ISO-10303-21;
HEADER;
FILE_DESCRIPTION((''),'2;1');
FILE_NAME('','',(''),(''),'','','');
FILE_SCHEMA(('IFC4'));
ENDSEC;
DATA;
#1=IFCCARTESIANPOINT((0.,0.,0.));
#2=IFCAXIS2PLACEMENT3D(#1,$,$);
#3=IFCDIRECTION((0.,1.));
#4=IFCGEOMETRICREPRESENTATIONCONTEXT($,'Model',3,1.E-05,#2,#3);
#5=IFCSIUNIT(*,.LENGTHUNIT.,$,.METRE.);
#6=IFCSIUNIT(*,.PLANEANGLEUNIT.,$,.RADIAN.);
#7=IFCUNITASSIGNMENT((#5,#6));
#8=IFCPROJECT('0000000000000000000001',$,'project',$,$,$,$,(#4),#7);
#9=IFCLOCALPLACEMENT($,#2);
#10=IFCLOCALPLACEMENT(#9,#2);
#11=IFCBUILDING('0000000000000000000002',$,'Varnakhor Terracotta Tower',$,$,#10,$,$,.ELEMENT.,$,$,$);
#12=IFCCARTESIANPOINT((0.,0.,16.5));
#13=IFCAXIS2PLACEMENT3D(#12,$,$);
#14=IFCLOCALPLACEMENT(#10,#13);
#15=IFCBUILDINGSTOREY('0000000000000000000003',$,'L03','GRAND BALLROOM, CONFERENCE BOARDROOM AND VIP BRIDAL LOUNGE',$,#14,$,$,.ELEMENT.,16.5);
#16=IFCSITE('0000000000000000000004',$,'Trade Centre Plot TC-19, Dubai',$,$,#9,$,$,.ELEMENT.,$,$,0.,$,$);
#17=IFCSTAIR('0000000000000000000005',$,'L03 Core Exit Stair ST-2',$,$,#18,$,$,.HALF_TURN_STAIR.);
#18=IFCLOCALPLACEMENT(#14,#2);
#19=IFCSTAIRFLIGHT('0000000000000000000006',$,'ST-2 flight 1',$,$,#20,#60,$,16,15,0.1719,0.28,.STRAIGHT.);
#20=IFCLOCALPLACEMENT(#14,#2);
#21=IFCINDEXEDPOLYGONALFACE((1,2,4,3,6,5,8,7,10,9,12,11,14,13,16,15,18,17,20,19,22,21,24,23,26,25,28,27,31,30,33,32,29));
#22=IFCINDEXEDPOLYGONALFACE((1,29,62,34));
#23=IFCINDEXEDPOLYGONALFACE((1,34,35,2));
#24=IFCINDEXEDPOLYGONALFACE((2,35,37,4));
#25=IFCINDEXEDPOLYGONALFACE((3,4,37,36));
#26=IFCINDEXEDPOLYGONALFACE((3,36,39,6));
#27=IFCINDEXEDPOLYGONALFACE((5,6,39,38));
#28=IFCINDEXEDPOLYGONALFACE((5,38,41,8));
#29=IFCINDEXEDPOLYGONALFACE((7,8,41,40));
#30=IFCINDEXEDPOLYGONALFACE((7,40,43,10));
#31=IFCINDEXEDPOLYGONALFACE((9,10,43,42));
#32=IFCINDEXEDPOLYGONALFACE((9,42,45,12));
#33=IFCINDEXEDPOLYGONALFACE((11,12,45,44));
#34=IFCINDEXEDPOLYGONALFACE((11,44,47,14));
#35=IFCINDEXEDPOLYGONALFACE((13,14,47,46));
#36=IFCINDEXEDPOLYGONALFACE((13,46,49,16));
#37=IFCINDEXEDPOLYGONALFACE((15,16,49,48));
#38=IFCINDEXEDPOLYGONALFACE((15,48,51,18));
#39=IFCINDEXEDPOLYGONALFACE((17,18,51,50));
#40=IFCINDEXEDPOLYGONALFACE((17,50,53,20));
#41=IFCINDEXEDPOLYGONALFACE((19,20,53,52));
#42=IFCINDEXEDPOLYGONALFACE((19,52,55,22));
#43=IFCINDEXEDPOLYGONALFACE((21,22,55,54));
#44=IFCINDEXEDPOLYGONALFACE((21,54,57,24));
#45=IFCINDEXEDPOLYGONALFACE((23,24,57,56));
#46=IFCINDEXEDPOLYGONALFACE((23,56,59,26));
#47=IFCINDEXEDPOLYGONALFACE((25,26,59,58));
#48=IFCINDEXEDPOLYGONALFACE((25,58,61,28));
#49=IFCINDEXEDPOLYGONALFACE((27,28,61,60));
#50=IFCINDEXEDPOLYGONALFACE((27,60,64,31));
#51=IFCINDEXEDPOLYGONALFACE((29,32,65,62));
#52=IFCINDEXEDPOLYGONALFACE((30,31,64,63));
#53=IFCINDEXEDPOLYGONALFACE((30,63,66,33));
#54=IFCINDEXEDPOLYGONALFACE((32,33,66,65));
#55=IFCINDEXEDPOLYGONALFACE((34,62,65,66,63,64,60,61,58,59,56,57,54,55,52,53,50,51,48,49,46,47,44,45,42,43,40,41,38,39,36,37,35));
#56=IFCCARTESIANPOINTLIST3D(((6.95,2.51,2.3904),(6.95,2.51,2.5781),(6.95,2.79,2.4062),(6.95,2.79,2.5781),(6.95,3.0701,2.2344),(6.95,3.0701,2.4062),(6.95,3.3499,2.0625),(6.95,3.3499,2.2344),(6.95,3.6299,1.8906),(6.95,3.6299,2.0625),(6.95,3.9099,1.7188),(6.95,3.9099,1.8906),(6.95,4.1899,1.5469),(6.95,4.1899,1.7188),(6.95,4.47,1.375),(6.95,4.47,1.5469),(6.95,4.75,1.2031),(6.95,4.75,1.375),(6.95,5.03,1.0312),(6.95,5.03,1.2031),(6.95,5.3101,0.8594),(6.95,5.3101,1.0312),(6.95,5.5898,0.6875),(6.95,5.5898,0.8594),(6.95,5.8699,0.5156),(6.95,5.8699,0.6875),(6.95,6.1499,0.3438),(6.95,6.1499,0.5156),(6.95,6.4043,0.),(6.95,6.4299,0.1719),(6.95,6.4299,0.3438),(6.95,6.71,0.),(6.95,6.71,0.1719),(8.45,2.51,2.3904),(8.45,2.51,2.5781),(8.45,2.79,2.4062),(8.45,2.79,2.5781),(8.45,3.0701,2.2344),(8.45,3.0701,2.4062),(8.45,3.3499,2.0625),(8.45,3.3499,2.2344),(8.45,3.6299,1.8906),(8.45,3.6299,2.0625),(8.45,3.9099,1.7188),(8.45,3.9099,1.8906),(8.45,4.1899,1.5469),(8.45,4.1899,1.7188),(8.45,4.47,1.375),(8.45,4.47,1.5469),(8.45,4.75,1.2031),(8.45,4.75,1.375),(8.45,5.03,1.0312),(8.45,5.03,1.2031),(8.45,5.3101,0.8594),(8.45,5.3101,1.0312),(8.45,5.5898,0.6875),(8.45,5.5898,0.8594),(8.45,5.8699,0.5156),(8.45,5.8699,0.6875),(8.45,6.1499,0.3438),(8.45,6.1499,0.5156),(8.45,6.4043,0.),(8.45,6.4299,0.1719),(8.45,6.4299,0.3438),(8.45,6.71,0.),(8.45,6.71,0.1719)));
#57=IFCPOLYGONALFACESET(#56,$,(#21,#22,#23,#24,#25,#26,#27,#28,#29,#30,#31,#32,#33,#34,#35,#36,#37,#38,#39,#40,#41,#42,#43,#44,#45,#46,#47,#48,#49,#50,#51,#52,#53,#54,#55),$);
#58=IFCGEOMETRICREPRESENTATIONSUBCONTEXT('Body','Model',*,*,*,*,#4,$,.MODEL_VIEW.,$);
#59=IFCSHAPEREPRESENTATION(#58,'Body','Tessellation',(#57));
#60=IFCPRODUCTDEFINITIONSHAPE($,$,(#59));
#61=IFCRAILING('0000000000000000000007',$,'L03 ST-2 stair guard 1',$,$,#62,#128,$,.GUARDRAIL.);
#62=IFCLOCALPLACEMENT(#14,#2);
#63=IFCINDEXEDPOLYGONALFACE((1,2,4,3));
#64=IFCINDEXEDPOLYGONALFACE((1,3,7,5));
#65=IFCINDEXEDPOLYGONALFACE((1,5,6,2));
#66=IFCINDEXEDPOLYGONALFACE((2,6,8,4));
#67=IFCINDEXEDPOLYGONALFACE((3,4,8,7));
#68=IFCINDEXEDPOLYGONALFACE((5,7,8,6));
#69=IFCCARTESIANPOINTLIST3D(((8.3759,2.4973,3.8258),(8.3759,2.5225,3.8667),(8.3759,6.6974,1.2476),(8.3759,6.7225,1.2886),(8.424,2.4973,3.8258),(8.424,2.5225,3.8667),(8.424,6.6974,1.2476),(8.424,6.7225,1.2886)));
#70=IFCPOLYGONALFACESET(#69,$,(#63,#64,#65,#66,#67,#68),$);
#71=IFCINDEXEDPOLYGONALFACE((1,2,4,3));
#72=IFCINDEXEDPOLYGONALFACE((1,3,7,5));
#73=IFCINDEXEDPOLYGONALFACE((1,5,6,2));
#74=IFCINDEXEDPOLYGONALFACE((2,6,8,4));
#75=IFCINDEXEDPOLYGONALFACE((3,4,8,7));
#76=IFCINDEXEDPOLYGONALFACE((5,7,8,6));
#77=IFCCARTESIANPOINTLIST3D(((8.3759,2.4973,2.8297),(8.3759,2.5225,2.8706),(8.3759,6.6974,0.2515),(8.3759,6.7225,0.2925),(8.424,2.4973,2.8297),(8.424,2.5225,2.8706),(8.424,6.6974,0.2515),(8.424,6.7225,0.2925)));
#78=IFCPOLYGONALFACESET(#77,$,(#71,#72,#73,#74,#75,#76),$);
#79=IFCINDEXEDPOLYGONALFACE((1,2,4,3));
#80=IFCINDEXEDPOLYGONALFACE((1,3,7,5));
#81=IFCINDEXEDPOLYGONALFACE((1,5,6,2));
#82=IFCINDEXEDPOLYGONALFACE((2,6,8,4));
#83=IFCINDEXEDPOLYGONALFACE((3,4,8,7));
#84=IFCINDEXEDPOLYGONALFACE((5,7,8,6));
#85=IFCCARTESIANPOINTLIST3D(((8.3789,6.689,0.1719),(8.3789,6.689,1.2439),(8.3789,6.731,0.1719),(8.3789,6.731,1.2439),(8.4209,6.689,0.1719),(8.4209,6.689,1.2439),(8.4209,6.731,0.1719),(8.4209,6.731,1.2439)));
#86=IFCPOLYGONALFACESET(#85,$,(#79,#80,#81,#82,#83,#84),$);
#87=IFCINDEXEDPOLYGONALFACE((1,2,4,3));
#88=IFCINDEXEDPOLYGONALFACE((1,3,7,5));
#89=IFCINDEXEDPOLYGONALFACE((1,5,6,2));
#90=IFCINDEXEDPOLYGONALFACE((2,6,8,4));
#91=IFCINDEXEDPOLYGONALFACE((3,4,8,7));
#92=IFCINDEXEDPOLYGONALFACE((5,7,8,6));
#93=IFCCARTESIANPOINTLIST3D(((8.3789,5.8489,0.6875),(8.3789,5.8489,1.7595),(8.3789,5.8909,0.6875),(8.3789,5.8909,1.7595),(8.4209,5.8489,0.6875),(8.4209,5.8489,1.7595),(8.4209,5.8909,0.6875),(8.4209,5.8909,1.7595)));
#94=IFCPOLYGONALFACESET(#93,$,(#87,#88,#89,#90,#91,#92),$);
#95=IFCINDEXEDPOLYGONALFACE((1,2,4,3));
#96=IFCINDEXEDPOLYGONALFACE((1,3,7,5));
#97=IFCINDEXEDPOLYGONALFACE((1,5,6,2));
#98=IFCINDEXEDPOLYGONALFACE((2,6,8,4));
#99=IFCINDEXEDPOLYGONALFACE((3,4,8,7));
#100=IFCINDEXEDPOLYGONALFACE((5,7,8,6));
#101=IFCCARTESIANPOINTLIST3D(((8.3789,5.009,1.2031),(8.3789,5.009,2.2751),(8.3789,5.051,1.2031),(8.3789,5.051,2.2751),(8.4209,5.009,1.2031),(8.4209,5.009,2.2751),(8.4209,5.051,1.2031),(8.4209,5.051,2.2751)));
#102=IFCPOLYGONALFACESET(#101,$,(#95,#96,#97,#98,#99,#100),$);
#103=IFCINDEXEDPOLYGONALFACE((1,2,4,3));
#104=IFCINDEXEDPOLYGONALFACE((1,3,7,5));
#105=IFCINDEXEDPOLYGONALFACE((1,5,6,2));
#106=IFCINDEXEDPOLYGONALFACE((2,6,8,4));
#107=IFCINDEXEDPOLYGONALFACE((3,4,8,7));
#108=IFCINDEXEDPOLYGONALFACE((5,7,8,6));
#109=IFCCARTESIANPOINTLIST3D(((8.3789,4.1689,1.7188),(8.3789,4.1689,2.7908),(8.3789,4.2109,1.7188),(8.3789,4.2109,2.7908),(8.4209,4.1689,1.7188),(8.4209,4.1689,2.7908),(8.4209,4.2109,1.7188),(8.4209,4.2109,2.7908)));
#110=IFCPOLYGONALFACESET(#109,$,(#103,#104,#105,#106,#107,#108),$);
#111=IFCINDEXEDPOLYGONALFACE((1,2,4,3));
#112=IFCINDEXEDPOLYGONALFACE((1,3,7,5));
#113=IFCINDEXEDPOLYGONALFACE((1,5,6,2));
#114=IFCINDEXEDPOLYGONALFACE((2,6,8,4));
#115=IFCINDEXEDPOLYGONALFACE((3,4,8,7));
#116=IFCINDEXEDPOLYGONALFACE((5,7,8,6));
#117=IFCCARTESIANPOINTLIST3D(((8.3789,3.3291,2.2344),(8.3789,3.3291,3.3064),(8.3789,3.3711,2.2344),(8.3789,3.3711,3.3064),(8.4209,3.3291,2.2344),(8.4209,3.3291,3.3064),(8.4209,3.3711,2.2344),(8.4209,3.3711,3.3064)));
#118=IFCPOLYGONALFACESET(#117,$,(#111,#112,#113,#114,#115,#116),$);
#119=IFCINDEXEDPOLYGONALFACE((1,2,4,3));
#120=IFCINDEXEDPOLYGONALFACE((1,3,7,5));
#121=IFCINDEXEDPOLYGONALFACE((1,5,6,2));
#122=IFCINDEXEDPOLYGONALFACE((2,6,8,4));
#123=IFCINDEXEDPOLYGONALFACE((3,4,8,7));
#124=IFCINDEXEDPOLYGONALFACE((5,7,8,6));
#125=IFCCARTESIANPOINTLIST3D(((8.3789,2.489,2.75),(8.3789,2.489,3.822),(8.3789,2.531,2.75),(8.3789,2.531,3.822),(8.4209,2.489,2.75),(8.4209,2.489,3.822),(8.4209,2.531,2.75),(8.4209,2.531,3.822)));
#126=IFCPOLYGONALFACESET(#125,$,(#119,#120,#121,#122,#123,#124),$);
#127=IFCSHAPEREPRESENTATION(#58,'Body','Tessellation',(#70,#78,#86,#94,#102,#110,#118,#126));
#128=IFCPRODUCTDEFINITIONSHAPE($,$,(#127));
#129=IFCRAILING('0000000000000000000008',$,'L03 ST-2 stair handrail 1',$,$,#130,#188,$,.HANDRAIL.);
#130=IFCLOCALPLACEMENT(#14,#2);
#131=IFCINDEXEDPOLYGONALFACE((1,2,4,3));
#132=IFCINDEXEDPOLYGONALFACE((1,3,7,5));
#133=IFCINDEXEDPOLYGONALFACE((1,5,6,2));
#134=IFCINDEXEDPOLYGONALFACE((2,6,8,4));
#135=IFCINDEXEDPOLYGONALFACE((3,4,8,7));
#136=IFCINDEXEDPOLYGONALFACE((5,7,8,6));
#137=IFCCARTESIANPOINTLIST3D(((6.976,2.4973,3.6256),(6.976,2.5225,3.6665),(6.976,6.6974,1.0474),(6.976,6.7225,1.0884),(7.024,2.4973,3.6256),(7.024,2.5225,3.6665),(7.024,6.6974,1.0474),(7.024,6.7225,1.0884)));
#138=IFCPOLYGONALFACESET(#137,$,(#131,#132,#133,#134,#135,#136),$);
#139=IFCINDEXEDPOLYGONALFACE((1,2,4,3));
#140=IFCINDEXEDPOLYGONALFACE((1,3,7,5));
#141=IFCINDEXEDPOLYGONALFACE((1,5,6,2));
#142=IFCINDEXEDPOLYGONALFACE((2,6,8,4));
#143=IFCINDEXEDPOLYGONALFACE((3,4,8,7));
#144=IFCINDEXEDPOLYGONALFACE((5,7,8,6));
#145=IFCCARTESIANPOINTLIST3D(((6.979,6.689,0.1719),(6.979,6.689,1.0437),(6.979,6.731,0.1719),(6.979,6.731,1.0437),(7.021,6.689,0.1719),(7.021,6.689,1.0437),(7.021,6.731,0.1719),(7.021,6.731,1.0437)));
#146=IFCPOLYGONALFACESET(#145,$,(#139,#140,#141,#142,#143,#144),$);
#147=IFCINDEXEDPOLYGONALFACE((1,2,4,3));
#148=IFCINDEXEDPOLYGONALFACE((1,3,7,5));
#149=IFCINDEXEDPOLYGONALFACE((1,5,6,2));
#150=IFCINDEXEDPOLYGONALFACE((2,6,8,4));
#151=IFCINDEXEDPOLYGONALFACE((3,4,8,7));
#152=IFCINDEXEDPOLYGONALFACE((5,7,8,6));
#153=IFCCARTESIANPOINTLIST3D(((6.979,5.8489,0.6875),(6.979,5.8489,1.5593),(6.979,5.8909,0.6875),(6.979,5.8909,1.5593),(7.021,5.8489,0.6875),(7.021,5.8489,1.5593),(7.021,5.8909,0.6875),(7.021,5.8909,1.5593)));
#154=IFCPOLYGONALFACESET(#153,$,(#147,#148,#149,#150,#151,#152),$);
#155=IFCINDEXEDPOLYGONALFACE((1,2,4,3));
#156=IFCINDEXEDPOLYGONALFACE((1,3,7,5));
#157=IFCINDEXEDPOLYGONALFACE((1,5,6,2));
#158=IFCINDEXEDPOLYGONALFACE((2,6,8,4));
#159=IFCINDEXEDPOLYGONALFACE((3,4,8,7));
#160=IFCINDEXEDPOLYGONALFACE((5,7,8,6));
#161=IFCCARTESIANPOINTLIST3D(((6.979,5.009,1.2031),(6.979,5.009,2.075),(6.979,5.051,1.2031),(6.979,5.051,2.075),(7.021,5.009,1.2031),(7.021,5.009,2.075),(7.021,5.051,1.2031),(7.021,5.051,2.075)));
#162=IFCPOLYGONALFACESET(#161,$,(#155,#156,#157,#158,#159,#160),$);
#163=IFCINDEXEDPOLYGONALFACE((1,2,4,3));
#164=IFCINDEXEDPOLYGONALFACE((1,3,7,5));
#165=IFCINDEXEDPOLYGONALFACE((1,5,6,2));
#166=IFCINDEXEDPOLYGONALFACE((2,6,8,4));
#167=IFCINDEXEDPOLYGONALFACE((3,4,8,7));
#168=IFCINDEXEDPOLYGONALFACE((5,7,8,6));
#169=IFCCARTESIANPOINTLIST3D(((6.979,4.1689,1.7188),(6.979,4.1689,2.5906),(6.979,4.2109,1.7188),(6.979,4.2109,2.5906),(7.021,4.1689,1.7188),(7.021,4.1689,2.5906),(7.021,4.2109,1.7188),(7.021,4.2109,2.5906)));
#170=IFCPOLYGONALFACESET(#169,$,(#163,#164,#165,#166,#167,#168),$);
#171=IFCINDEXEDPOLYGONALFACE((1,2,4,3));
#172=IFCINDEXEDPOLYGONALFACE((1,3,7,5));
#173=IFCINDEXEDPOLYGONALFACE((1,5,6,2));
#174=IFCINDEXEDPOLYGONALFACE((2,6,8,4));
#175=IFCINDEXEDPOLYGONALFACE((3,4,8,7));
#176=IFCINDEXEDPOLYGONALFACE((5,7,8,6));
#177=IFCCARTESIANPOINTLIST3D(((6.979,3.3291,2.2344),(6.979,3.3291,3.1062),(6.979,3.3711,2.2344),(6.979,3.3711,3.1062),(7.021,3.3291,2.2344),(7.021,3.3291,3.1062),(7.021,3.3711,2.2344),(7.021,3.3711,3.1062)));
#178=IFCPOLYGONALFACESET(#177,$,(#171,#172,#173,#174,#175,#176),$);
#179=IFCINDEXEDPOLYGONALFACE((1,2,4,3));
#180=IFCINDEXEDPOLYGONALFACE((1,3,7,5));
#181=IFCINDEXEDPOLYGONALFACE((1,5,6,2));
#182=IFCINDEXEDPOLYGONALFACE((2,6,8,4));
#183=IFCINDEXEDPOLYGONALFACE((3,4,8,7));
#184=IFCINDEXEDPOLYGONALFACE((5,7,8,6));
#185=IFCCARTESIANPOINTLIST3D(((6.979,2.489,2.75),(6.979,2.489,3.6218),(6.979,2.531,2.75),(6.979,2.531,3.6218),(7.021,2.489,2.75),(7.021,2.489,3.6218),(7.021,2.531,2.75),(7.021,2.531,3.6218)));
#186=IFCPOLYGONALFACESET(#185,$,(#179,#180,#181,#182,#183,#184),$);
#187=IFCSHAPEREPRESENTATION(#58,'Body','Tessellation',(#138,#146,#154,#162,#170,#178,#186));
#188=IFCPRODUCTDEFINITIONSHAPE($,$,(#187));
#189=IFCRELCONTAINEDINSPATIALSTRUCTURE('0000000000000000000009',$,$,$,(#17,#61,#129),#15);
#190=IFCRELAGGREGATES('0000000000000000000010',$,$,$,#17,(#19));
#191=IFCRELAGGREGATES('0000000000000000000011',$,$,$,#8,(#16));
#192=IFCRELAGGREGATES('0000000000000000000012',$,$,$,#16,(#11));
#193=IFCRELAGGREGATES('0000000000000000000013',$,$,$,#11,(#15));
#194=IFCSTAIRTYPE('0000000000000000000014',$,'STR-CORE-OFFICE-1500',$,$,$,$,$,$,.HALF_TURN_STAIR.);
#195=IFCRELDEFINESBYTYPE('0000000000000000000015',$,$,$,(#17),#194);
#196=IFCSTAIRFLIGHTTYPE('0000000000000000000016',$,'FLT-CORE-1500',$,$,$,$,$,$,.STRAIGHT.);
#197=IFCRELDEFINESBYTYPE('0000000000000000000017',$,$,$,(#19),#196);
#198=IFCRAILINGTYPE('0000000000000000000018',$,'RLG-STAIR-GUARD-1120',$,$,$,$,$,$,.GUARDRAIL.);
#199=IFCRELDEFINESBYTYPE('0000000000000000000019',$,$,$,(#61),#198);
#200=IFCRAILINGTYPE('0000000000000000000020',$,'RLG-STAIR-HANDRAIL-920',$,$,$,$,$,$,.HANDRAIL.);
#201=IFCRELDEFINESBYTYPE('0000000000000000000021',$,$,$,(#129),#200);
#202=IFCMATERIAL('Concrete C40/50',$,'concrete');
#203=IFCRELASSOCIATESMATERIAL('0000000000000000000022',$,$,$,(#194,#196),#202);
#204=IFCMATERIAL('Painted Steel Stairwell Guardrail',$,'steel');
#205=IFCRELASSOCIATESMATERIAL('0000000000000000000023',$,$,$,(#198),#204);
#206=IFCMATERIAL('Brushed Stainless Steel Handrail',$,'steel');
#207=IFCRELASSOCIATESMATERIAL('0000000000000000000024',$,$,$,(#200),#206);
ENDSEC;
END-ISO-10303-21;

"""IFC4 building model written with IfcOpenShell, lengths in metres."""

from ifc_helpers import new_model, si_unit, direction, frame, origin, origin_2d, place, context, subcontext, project, spatial, polyline, rectangle, outline, extrude, material, type_object, element, aggregate, save


model = new_model("IFC4")

# Units and contexts
model_context = context("Model", 3, precision=1e-05, world=origin(), true_north=direction((0.0, 1.0)))
body_context = subcontext(model_context, "Body", "Model", "MODEL_VIEW")
ifc_project = project(units=[si_unit("LENGTHUNIT", "METRE"), si_unit("PLANEANGLEUNIT", "RADIAN")], contexts=[model_context])

# Site, building, storey
site_placement = place(None, origin())
site = spatial("IfcSite", under=ifc_project, at=site_placement, Name="Trade Centre Plot TC-19, Dubai", CompositionType="ELEMENT", RefElevation=0.0)
building_placement = place(site_placement, origin())
building = spatial("IfcBuilding", under=site, at=building_placement, Name="Varnakhor Terracotta Tower", CompositionType="ELEMENT")
storey_placement = place(building_placement, frame((0.0, 0.0, 16.5)))
storey = spatial("IfcBuildingStorey", under=building, at=storey_placement, Name="L03", Description="GRAND BALLROOM, CONFERENCE BOARDROOM AND VIP BRIDAL LOUNGE", CompositionType="ELEMENT", Elevation=16.5)

# Shared definitions
ifc_material_1 = material(Name="Concrete C40/50", Category="concrete")

# Stair
stair_type = type_object("IfcStairType", Name="STR-CORE-OFFICE-1500", PredefinedType="HALF_TURN_STAIR", material=ifc_material_1)
stair_1_placement = place(storey_placement, origin())
stair_1 = element("IfcStair", 1, at=stair_1_placement, inside=storey, type_object=stair_type, Name="L03 Core Exit Stair ST-2", PredefinedType="HALF_TURN_STAIR")

# Stair flight
stair_flight_type = type_object("IfcStairFlightType", Name="FLT-CORE-1500", PredefinedType="STRAIGHT", material=ifc_material_1)
stair_flight_placement = place(storey_placement, frame((7.7, 6.71, 0.0), z_axis=(0.0, 0.0, 1.0), x_axis=(0.0, -1.0, 0.0)))
stair_flight = element("IfcStairFlight", 2, at=stair_flight_placement, type_object=stair_flight_type, Name="ST-2 flight 1", NumberOfRisers=16, NumberOfTreads=15, PredefinedType="STRAIGHT", RiserHeight=0.1719, TreadLength=0.28, context=body_context, shape_type="SweptSolid", body=[
    extrude(outline(polyline([(0.0, 0.0), (0.0, 0.1719), (0.28, 0.1719), (0.28, 0.3438), (0.5601, 0.3438), (0.5601, 0.5156), (0.8401, 0.5156), (0.8401, 0.6875), (1.1201, 0.6875), (1.1201, 0.8594), (1.3999, 0.8594), (1.3999, 1.0312), (1.6799, 1.0312), (1.6799, 1.2031), (1.96, 1.2031), (1.96, 1.375), (2.24, 1.375), (2.24, 1.5469), (2.52, 1.5469), (2.52, 1.7188), (2.8, 1.7188), (2.8, 1.8906), (3.0801, 1.8906), (3.0801, 2.0625), (3.3601, 2.0625), (3.3601, 2.2344), (3.6399, 2.2344), (3.6399, 2.4062), (3.9199, 2.4062), (3.9199, 2.5781), (4.2, 2.5781), (4.2, 2.75), (4.2, 2.3904), (0.3057, 0.0), (0.0, 0.0)])), frame((0.0, 0.75, 0.0), z_axis=(0.0, -1.0, 0.0), x_axis=(1.0, 0.0, 0.0)), (0.0, 0.0, 1.0), 1.5),
])
aggregate(stair_1, [stair_flight])

# Railings
ifc_material_2 = material(Name="Painted Steel Stairwell Guardrail", Category="steel")
railing_type_1 = type_object("IfcRailingType", Name="RLG-STAIR-GUARD-1120", PredefinedType="GUARDRAIL", material=ifc_material_2)
railing_1_placement = place(storey_placement, frame((8.3999, 6.71, 0.1719)))
element("IfcRailing", 3, at=railing_1_placement, inside=storey, type_object=railing_type_1, Name="L03 ST-2 stair guard 1", PredefinedType="GUARDRAIL", context=body_context, shape_type="SweptSolid", body=[
    extrude(rectangle(XDim=0.0481, YDim=0.0481, at=origin_2d()), frame((0.0, 0.0, 1.0962), z_axis=(0.0, -0.852243, 0.523146), x_axis=(1.0, 0.0, 0.0)), (0.0, 0.0, 1.0), 4.9282),
    extrude(rectangle(XDim=0.0481, YDim=0.0481, at=origin_2d()), frame((0.0, 0.0, 0.1001), z_axis=(0.0, -0.852243, 0.523146), x_axis=(1.0, 0.0, 0.0)), (0.0, 0.0, 1.0), 4.9282),
    extrude(rectangle(XDim=0.042, YDim=0.042, at=origin_2d()), origin(), (0.0, 0.0, 1.0), 1.072),
    extrude(rectangle(XDim=0.042, YDim=0.042, at=origin_2d()), frame((0.0, -0.8401, 0.5156)), (0.0, 0.0, 1.0), 1.072),
    extrude(rectangle(XDim=0.042, YDim=0.042, at=origin_2d()), frame((0.0, -1.6799, 1.0312)), (0.0, 0.0, 1.0), 1.072),
    extrude(rectangle(XDim=0.042, YDim=0.042, at=origin_2d()), frame((0.0, -2.52, 1.5469)), (0.0, 0.0, 1.0), 1.072),
    extrude(rectangle(XDim=0.042, YDim=0.042, at=origin_2d()), frame((0.0, -3.3599, 2.0625)), (0.0, 0.0, 1.0), 1.072),
    extrude(rectangle(XDim=0.042, YDim=0.042, at=origin_2d()), frame((0.0, -4.2, 2.5781)), (0.0, 0.0, 1.0), 1.072),
])
ifc_material_3 = material(Name="Brushed Stainless Steel Handrail", Category="steel")
railing_type_2 = type_object("IfcRailingType", Name="RLG-STAIR-HANDRAIL-920", PredefinedType="HANDRAIL", material=ifc_material_3)
railing_2_placement = place(storey_placement, frame((7.0, 6.71, 0.1719)))
element("IfcRailing", 4, at=railing_2_placement, inside=storey, type_object=railing_type_2, Name="L03 ST-2 stair handrail 1", PredefinedType="HANDRAIL", context=body_context, shape_type="SweptSolid", body=[
    extrude(rectangle(XDim=0.0481, YDim=0.0481, at=origin_2d()), frame((0.0, 0.0, 0.896), z_axis=(0.0, -0.852243, 0.523146), x_axis=(1.0, 0.0, 0.0)), (0.0, 0.0, 1.0), 4.9282),
    extrude(rectangle(XDim=0.042, YDim=0.042, at=origin_2d()), origin(), (0.0, 0.0, 1.0), 0.8718),
    extrude(rectangle(XDim=0.042, YDim=0.042, at=origin_2d()), frame((0.0, -0.8401, 0.5156)), (0.0, 0.0, 1.0), 0.8718),
    extrude(rectangle(XDim=0.042, YDim=0.042, at=origin_2d()), frame((0.0, -1.6799, 1.0312)), (0.0, 0.0, 1.0), 0.8718),
    extrude(rectangle(XDim=0.042, YDim=0.042, at=origin_2d()), frame((0.0, -2.52, 1.5469)), (0.0, 0.0, 1.0), 0.8718),
    extrude(rectangle(XDim=0.042, YDim=0.042, at=origin_2d()), frame((0.0, -3.3599, 2.0625)), (0.0, 0.0, 1.0), 0.8718),
    extrude(rectangle(XDim=0.042, YDim=0.042, at=origin_2d()), frame((0.0, -4.2, 2.5781)), (0.0, 0.0, 1.0), 0.8718),
])

save(model, "model.ifc")
